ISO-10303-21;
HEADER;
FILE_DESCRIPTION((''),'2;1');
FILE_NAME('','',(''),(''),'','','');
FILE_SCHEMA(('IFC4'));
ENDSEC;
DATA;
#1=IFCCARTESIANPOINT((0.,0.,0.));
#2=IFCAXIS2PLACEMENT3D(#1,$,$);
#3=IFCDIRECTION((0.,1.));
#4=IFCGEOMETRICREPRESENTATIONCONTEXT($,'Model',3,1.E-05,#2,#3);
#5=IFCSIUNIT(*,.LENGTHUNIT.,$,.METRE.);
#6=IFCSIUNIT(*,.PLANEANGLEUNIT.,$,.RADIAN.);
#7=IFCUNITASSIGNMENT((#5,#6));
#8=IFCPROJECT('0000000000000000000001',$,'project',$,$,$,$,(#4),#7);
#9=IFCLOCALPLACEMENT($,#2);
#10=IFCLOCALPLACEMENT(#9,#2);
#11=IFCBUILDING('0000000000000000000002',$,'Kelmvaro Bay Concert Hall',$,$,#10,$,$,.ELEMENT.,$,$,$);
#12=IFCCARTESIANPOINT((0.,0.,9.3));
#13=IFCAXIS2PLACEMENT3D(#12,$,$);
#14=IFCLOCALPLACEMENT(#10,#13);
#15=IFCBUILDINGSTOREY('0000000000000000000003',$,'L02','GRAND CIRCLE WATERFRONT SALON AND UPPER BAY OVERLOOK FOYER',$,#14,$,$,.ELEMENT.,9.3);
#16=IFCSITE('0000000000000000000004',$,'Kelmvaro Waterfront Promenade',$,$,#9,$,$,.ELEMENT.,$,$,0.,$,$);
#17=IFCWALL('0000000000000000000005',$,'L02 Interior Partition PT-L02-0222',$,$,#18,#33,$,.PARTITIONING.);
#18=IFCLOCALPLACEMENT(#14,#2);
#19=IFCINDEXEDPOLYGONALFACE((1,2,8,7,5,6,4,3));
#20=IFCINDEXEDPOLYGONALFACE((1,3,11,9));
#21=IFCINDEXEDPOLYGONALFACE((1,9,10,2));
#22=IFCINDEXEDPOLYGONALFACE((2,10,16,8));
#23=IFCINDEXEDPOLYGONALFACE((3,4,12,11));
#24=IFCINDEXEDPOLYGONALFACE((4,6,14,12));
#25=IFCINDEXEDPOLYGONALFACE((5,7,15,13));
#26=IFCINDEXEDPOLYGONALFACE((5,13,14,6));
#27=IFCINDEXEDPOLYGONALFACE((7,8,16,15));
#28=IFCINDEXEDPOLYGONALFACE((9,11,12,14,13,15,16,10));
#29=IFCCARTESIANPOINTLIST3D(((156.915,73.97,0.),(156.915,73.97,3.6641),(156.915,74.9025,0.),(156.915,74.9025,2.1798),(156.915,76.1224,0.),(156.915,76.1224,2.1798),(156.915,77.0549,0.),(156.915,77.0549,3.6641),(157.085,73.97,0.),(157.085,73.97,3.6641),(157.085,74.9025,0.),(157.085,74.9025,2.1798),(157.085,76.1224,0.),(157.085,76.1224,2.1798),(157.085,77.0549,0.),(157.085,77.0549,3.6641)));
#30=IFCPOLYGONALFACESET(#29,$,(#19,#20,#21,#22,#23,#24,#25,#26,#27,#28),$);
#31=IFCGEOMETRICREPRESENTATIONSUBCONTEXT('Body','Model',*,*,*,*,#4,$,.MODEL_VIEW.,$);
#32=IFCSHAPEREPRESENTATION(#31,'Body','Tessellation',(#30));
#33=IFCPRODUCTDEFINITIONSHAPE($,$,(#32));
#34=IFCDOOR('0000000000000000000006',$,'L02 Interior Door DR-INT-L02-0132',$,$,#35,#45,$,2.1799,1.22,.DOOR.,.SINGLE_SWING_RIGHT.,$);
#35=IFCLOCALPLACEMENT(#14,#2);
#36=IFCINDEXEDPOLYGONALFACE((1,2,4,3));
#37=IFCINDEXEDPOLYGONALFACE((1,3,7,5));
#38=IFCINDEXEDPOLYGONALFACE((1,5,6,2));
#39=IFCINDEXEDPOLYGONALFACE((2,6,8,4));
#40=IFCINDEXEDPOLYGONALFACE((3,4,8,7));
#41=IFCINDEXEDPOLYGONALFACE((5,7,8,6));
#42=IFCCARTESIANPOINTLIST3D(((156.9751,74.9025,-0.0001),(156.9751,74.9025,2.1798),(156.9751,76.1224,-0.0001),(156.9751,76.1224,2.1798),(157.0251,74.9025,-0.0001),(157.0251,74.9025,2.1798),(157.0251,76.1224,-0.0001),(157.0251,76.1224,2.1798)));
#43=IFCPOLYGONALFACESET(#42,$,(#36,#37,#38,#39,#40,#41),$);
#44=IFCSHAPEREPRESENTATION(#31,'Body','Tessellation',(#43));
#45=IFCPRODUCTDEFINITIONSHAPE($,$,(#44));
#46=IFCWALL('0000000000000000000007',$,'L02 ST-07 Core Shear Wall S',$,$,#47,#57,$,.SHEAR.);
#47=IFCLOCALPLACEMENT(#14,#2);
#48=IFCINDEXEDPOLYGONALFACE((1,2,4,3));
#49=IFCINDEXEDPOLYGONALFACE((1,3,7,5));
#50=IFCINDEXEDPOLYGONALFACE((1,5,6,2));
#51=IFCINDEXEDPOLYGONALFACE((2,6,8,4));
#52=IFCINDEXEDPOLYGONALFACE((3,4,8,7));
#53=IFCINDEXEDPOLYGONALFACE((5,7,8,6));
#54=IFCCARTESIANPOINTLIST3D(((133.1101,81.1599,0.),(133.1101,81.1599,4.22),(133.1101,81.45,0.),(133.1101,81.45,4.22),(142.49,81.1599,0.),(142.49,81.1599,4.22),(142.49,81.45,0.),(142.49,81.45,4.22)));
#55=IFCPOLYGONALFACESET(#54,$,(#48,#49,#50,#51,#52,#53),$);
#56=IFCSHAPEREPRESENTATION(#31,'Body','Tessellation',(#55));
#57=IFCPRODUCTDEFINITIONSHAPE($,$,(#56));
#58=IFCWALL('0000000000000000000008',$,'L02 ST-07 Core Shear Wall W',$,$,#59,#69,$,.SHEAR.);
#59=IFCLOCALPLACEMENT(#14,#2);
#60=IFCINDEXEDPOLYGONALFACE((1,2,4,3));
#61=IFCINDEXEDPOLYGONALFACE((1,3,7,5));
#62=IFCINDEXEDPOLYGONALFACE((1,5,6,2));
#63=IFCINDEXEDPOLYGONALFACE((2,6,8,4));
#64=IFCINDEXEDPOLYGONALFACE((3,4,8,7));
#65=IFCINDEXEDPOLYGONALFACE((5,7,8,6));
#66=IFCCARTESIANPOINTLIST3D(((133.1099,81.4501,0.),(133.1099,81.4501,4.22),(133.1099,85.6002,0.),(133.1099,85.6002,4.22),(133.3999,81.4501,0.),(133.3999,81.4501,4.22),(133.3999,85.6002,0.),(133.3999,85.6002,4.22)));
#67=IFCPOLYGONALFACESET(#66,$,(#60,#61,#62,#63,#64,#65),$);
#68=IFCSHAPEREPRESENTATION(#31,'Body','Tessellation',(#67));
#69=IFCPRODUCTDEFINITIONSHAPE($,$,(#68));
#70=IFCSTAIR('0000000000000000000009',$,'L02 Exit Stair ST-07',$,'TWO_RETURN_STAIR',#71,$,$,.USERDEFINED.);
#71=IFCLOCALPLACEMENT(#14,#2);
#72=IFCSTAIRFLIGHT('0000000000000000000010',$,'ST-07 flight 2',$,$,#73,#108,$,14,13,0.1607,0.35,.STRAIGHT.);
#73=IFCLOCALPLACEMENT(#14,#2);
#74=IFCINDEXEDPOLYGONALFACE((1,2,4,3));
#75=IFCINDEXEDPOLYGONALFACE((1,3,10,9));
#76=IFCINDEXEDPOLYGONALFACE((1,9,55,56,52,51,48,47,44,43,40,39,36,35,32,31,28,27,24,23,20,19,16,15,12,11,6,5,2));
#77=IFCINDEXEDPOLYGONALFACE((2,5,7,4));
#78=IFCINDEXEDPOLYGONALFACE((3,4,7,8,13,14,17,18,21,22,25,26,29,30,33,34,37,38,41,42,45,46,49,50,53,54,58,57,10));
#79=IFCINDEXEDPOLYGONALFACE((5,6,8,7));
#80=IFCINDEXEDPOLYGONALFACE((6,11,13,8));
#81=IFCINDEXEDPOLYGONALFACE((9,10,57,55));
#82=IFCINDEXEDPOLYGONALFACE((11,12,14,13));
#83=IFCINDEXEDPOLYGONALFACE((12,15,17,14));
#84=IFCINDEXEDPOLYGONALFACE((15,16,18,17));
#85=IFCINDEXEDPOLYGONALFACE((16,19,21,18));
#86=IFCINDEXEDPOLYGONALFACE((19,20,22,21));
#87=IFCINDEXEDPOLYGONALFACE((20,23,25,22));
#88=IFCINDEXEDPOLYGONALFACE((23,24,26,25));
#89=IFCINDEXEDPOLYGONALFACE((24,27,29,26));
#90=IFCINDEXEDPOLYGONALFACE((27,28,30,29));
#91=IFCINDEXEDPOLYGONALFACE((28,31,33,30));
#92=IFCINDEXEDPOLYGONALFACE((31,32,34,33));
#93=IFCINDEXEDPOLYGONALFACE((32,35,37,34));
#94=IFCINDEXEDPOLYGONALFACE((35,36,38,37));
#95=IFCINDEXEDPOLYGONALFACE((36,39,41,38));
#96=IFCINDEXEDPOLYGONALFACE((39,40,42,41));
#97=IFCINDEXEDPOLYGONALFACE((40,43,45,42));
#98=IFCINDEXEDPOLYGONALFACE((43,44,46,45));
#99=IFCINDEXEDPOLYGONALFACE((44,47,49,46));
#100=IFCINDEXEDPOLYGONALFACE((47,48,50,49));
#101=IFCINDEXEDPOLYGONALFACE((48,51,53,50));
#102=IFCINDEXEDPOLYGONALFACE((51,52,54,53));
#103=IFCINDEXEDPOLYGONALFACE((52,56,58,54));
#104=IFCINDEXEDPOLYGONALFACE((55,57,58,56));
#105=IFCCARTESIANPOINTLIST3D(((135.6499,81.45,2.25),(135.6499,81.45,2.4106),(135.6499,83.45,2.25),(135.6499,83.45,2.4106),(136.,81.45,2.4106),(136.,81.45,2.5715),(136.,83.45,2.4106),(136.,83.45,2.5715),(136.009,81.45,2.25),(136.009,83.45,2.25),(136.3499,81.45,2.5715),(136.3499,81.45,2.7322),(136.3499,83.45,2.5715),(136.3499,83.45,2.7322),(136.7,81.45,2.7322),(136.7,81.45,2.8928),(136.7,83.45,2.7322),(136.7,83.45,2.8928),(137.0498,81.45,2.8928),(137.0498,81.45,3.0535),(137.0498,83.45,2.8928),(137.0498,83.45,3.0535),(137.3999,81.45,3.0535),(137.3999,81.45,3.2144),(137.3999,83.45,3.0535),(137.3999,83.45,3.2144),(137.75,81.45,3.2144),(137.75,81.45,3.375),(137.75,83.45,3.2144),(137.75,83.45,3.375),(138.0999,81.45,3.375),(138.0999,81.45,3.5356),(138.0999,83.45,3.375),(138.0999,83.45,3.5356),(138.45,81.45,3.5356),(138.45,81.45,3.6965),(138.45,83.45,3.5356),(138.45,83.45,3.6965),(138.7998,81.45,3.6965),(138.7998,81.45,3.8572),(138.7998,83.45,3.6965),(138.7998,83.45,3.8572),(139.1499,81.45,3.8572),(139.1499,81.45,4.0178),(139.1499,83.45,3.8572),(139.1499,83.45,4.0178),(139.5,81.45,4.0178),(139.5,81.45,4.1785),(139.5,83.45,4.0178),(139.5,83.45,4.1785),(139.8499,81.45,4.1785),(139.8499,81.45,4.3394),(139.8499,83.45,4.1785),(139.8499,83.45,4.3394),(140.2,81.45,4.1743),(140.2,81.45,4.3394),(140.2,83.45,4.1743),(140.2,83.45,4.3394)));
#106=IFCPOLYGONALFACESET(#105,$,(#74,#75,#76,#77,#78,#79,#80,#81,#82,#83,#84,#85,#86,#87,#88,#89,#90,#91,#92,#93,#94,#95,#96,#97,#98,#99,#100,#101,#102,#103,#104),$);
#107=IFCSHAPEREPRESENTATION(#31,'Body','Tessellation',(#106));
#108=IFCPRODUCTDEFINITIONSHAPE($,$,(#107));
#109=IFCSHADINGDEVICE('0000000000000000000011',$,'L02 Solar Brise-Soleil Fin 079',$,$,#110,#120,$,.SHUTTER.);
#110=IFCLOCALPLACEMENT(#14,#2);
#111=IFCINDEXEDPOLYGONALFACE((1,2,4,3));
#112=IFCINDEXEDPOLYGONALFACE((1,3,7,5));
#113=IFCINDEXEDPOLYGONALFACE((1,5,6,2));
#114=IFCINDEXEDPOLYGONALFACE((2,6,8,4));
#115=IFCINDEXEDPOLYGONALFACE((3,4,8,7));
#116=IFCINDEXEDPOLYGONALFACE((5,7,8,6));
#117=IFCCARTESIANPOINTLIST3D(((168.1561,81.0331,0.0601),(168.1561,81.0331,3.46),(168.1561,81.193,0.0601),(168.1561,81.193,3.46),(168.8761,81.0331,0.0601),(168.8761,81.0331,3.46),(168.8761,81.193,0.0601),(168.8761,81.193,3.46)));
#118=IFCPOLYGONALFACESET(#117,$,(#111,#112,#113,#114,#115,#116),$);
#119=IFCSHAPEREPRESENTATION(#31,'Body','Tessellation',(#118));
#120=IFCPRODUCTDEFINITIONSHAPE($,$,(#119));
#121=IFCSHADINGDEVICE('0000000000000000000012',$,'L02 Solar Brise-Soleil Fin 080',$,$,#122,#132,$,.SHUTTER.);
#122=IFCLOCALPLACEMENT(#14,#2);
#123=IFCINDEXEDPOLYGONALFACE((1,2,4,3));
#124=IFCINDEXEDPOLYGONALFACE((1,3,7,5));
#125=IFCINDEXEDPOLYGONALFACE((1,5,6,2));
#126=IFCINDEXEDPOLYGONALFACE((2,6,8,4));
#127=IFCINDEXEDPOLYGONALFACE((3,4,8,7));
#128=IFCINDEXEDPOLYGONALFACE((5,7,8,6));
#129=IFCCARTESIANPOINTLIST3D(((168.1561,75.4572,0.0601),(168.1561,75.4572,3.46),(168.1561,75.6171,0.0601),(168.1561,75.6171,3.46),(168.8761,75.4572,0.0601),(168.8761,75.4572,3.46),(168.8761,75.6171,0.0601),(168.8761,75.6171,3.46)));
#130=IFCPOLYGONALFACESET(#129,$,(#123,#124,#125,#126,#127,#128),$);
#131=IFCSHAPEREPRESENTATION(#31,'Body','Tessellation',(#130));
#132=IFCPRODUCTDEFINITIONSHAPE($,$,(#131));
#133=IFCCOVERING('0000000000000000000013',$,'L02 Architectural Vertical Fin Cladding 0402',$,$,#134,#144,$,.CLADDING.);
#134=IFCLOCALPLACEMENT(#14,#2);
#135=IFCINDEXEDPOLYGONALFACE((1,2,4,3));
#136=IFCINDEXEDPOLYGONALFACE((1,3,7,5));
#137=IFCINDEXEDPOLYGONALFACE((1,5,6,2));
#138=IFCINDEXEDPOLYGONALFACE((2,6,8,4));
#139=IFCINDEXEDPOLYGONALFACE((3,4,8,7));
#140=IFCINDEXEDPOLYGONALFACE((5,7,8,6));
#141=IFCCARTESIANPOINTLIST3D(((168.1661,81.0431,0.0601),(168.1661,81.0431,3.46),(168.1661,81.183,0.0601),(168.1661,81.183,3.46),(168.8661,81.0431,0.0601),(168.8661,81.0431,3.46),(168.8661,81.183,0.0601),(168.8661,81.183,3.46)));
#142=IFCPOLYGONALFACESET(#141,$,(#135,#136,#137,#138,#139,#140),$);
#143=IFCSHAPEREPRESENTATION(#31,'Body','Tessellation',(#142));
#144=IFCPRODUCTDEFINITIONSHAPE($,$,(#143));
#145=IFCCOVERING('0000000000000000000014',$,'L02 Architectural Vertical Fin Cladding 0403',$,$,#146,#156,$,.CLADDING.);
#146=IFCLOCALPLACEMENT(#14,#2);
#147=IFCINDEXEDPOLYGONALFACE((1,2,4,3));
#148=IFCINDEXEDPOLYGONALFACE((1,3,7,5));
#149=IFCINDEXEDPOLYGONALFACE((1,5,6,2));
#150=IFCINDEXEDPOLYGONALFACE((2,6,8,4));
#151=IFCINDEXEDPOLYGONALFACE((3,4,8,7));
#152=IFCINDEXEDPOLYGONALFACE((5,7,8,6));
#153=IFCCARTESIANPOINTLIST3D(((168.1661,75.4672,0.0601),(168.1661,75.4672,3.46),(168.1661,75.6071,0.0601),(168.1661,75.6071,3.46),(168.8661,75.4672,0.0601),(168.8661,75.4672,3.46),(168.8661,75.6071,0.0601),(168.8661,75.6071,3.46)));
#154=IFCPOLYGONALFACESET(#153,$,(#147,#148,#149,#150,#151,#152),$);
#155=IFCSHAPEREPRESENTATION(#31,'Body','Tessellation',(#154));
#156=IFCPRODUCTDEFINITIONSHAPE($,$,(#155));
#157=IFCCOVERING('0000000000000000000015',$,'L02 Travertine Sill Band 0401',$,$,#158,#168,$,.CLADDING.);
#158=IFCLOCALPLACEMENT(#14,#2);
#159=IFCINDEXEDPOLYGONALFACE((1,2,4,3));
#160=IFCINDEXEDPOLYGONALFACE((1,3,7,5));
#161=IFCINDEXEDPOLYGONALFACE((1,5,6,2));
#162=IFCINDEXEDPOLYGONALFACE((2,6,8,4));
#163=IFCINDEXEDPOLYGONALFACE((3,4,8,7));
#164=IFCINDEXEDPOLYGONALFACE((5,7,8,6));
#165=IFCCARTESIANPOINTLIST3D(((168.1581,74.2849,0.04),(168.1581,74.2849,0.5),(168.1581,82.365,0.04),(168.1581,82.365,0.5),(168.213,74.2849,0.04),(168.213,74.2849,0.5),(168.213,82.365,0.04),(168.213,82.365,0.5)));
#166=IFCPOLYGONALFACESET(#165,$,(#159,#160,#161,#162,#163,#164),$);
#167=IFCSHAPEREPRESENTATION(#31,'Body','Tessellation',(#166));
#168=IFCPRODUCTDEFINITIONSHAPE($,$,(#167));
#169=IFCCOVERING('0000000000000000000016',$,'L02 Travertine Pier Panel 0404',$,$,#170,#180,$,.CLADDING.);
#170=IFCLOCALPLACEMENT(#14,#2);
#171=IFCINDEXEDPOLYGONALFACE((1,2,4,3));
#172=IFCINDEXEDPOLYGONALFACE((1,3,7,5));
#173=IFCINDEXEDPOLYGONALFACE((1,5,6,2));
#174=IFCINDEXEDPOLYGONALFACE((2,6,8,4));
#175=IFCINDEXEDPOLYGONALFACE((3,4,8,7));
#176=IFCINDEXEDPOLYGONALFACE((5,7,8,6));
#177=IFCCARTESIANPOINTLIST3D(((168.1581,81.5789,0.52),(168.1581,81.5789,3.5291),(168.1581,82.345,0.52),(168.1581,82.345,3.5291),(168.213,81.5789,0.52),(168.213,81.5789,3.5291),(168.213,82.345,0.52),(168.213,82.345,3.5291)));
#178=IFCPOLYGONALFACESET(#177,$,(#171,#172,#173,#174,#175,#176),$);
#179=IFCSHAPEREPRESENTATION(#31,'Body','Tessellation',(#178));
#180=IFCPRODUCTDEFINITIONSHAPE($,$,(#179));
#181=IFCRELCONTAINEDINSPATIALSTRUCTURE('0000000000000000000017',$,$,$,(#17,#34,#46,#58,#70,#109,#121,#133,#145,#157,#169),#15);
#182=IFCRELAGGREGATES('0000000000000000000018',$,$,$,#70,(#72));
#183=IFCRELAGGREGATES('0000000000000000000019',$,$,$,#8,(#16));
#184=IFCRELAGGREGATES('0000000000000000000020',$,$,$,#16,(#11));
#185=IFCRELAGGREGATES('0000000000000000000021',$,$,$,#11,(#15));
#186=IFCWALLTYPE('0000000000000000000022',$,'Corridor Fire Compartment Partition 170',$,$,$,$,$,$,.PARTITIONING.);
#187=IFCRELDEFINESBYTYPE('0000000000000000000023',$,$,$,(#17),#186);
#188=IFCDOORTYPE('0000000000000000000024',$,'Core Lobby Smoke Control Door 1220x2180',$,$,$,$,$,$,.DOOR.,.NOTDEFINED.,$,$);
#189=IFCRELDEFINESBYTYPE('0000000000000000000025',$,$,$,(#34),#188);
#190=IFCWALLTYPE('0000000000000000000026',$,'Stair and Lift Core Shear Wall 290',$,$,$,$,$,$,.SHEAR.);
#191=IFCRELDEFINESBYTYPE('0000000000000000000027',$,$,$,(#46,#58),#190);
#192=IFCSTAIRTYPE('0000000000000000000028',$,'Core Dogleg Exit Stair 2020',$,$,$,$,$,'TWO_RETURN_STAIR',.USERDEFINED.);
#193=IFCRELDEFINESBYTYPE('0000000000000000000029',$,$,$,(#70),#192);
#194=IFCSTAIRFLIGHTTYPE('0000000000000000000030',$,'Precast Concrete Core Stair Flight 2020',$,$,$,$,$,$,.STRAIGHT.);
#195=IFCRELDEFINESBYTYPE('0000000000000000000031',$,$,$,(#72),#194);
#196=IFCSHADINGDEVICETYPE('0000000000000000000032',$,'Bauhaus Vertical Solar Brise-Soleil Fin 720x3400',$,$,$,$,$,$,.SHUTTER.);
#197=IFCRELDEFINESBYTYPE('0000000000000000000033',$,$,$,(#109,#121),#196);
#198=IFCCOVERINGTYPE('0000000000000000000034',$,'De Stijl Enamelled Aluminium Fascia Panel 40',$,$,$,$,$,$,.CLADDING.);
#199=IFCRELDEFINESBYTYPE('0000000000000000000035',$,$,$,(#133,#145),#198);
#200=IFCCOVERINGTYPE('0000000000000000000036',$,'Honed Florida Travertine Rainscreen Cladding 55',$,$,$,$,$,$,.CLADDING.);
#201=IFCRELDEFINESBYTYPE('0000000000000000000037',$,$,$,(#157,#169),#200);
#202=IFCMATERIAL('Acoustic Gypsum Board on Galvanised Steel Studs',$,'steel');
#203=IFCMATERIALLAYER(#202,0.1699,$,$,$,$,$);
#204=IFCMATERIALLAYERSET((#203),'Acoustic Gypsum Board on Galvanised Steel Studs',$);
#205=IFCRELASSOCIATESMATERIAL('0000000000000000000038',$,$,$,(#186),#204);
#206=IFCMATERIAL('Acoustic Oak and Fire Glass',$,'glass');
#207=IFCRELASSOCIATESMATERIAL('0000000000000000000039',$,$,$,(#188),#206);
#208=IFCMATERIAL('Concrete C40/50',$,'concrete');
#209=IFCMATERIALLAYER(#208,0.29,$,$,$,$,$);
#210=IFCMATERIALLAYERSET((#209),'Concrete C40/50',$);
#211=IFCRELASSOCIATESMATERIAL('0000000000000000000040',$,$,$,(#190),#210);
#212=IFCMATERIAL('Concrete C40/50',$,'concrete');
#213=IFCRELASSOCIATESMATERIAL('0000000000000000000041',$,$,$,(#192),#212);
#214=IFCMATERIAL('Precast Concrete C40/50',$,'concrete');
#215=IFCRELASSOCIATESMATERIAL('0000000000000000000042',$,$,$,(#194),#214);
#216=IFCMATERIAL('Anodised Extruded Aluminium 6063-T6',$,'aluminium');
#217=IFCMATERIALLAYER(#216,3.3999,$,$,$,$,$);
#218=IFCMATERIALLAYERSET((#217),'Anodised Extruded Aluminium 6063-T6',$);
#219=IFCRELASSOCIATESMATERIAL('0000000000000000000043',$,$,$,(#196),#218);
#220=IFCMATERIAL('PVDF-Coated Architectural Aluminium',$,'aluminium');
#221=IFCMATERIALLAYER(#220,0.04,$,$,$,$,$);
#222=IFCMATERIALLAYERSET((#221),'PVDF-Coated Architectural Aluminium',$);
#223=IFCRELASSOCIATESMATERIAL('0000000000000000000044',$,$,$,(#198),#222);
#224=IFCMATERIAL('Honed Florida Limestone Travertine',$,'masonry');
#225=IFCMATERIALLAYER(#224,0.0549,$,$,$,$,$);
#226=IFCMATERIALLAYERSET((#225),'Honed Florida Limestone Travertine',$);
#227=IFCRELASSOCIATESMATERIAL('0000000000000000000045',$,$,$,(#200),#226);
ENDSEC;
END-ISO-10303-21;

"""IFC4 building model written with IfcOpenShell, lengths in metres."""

from ifc_helpers import new_model, si_unit, direction, frame, frame_2d, origin, origin_2d, place, context, subcontext, project, spatial, polyline, rectangle, outline, extrude, material, layer, layer_set, type_object, element, fill, aggregate, save


model = new_model("IFC4")

# Units and contexts
model_context = context("Model", 3, precision=1e-05, world=origin(), true_north=direction((0.0, 1.0)))
body_context = subcontext(model_context, "Body", "Model", "MODEL_VIEW")
ifc_project = project(units=[si_unit("LENGTHUNIT", "METRE"), si_unit("PLANEANGLEUNIT", "RADIAN")], contexts=[model_context])

# Site, building, storey
site_placement = place(None, origin())
site = spatial("IfcSite", under=ifc_project, at=site_placement, Name="Kelmvaro Waterfront Promenade", CompositionType="ELEMENT", RefElevation=0.0)
building_placement = place(site_placement, origin())
building = spatial("IfcBuilding", under=site, at=building_placement, Name="Kelmvaro Bay Concert Hall", CompositionType="ELEMENT")
storey_placement = place(building_placement, frame((0.0, 0.0, 9.3)))
storey = spatial("IfcBuildingStorey", under=building, at=storey_placement, Name="L02", Description="GRAND CIRCLE WATERFRONT SALON AND UPPER BAY OVERLOOK FOYER", CompositionType="ELEMENT", Elevation=9.3)

# Wall, opening, door
ifc_material_1 = material(Name="Acoustic Gypsum Board on Galvanised Steel Studs", Category="steel")
ifc_layer_1 = layer(ifc_material_1, 0.1699)
ifc_layer_set_1 = layer_set([ifc_layer_1], Name="Acoustic Gypsum Board on Galvanised Steel Studs")
wall_type_1 = type_object("IfcWallType", Name="Corridor Fire Compartment Partition 170", PredefinedType="PARTITIONING", material=ifc_layer_set_1)
wall_1_placement = place(storey_placement, frame((157.0, 73.97, 0.0), z_axis=(0.0, 0.0, 1.0), x_axis=(0.0, 1.0, 0.0)))
wall_1 = element("IfcWall", 1, at=wall_1_placement, inside=storey, type_object=wall_type_1, Name="L02 Interior Partition PT-L02-0222", PredefinedType="PARTITIONING", context=body_context, shape_type="SweptSolid", body=[
    extrude(rectangle(XDim=3.085, YDim=0.1699, at=frame_2d((1.5425, 0.0))), origin(), (0.0, 0.0, 1.0), 3.6641),
])
opening_1_placement = place(wall_1_placement, frame((0.9326, 0.0, 0.0)))
opening_1 = element("IfcOpeningElement", 2, at=opening_1_placement, cuts=wall_1, PredefinedType="OPENING", context=body_context, shape_type="SweptSolid", body=[
    extrude(rectangle(XDim=1.22, YDim=2.1799, at=frame_2d((0.6099, 1.0898))), frame((0.0, 0.095, 0.0), z_axis=(0.0, -1.0, 0.0), x_axis=(1.0, 0.0, 0.0)), (0.0, 0.0, 1.0), 0.1899),
])
ifc_material_2 = material(Name="Acoustic Oak and Fire Glass", Category="glass")
door_type_1 = type_object("IfcDoorType", Name="Core Lobby Smoke Control Door 1220x2180", OperationType="NOTDEFINED", PredefinedType="DOOR", material=ifc_material_2)
door_1_placement = place(opening_1_placement, origin())
door_1 = element("IfcDoor", 3, at=door_1_placement, inside=storey, type_object=door_type_1, Name="L02 Interior Door DR-INT-L02-0132", OperationType="SINGLE_SWING_RIGHT", OverallHeight=2.1799, OverallWidth=1.22, PredefinedType="DOOR", context=body_context, shape_type="SweptSolid", body=[
    extrude(rectangle(XDim=1.22, YDim=2.1799, at=frame_2d((0.6099, 1.0898))), frame((0.0, 0.0249, 0.0), z_axis=(0.0, -1.0, 0.0), x_axis=(1.0, 0.0, 0.0)), (0.0, 0.0, 1.0), 0.05),
])
fill(opening_1, door_1)

# Walls
ifc_material_3 = material(Name="Concrete C40/50", Category="concrete")
ifc_layer_2 = layer(ifc_material_3, 0.29)
ifc_layer_set_2 = layer_set([ifc_layer_2], Name="Concrete C40/50")
wall_type_2 = type_object("IfcWallType", Name="Stair and Lift Core Shear Wall 290", PredefinedType="SHEAR", material=ifc_layer_set_2)
wall_2_placement = place(storey_placement, frame((133.1101, 81.3049, 0.0), z_axis=(0.0, 0.0, 1.0), x_axis=(1.0, 0.0, 0.0)))
element("IfcWall", 4, at=wall_2_placement, inside=storey, type_object=wall_type_2, Name="L02 ST-07 Core Shear Wall S", PredefinedType="SHEAR", context=body_context, shape_type="SweptSolid", body=[
    extrude(rectangle(XDim=9.3799, YDim=0.29, at=frame_2d((4.6899, 0.0))), origin(), (0.0, 0.0, 1.0), 4.22),
])
wall_3_placement = place(storey_placement, frame((133.2549, 81.45, 0.0), z_axis=(0.0, 0.0, 1.0), x_axis=(0.0, 1.0, 0.0)))
element("IfcWall", 5, at=wall_3_placement, inside=storey, type_object=wall_type_2, Name="L02 ST-07 Core Shear Wall W", PredefinedType="SHEAR", context=body_context, shape_type="SweptSolid", body=[
    extrude(rectangle(XDim=4.1501, YDim=0.29, at=frame_2d((2.0752, 0.0))), origin(), (0.0, 0.0, 1.0), 4.22),
])

# Stair, stair flight
ifc_material_4 = material(Name="Concrete C40/50", Category="concrete")
stair_type = type_object("IfcStairType", Name="Core Dogleg Exit Stair 2020", ElementType="TWO_RETURN_STAIR", PredefinedType="USERDEFINED", material=ifc_material_4)
stair_placement = place(storey_placement, origin())
stair = element("IfcStair", 6, at=stair_placement, inside=storey, type_object=stair_type, Name="L02 Exit Stair ST-07", ObjectType="TWO_RETURN_STAIR", PredefinedType="USERDEFINED")
ifc_material_5 = material(Name="Precast Concrete C40/50", Category="concrete")
stair_flight_type = type_object("IfcStairFlightType", Name="Precast Concrete Core Stair Flight 2020", PredefinedType="STRAIGHT", material=ifc_material_5)
stair_flight_placement = place(storey_placement, frame((135.6499, 82.45, 2.25), z_axis=(0.0, 0.0, 1.0), x_axis=(1.0, 0.0, 0.0)))
stair_flight = element("IfcStairFlight", 7, at=stair_flight_placement, type_object=stair_flight_type, Name="ST-07 flight 2", NumberOfRisers=14, NumberOfTreads=13, PredefinedType="STRAIGHT", RiserHeight=0.1607, TreadLength=0.35, context=body_context, shape_type="SweptSolid", body=[
    extrude(outline(polyline([(0.0, 0.0), (0.0, 0.1606), (0.3501, 0.1606), (0.3501, 0.3215), (0.7, 0.3215), (0.7, 0.4822), (1.05, 0.4822), (1.05, 0.6428), (1.3999, 0.6428), (1.3999, 0.8035), (1.75, 0.8035), (1.75, 0.9644), (2.1001, 0.9644), (2.1001, 1.125), (2.45, 1.125), (2.45, 1.2856), (2.8, 1.2856), (2.8, 1.4465), (3.1499, 1.4465), (3.1499, 1.6072), (3.5, 1.6072), (3.5, 1.7678), (3.8501, 1.7678), (3.8501, 1.9285), (4.2, 1.9285), (4.2, 2.0894), (4.55, 2.0894), (4.55, 2.25), (4.55, 1.9243), (0.3591, 0.0), (0.0, 0.0)])), frame((0.0, 1.0, 0.0), z_axis=(0.0, -1.0, 0.0), x_axis=(1.0, 0.0, 0.0)), (0.0, 0.0, 1.0), 2.0),
])
aggregate(stair, [stair_flight])

# Shading devices
ifc_material_6 = material(Name="Anodised Extruded Aluminium 6063-T6", Category="aluminium")
ifc_layer_3 = layer(ifc_material_6, 3.3999)
ifc_layer_set_3 = layer_set([ifc_layer_3], Name="Anodised Extruded Aluminium 6063-T6")
shading_device_type = type_object("IfcShadingDeviceType", Name="Bauhaus Vertical Solar Brise-Soleil Fin 720x3400", PredefinedType="SHUTTER", material=ifc_layer_set_3)
for number, where, z_axis, x_axis, name in (
    (8, (168.5161, 81.113, 0.0601), (0.0, 0.0, 1.0), (0.0, -1.0, 0.0), "L02 Solar Brise-Soleil Fin 079"),
    (9, (168.5161, 75.5371, 0.0601), (0.0, 0.0, 1.0), (0.0, -1.0, 0.0), "L02 Solar Brise-Soleil Fin 080"),
):
    element("IfcShadingDevice", number, at=place(storey_placement, frame(where, z_axis=z_axis, x_axis=x_axis)), inside=storey, type_object=shading_device_type, Name=name, PredefinedType="SHUTTER", context=body_context, shape_type="SweptSolid", body=[
        extrude(rectangle(XDim=0.1599, YDim=0.72, at=origin_2d()), origin(), (0.0, 0.0, 1.0), 3.3999),
    ])

# Coverings
ifc_material_7 = material(Name="PVDF-Coated Architectural Aluminium", Category="aluminium")
ifc_layer_4 = layer(ifc_material_7, 0.04)
ifc_layer_set_4 = layer_set([ifc_layer_4], Name="PVDF-Coated Architectural Aluminium")
covering_type_1 = type_object("IfcCoveringType", Name="De Stijl Enamelled Aluminium Fascia Panel 40", PredefinedType="CLADDING", material=ifc_layer_set_4)
for number, where, z_axis, x_axis, name in (
    (10, (168.5161, 81.113, 0.0601), (0.0, 0.0, 1.0), (0.0, -1.0, 0.0), "L02 Architectural Vertical Fin Cladding 0402"),
    (11, (168.5161, 75.5371, 0.0601), (0.0, 0.0, 1.0), (0.0, -1.0, 0.0), "L02 Architectural Vertical Fin Cladding 0403"),
):
    element("IfcCovering", number, at=place(storey_placement, frame(where, z_axis=z_axis, x_axis=x_axis)), inside=storey, type_object=covering_type_1, Name=name, PredefinedType="CLADDING", context=body_context, shape_type="SweptSolid", body=[
        extrude(rectangle(XDim=0.1399, YDim=0.7, at=origin_2d()), origin(), (0.0, 0.0, 1.0), 3.3999),
    ])
ifc_material_8 = material(Name="Honed Florida Limestone Travertine", Category="masonry")
ifc_layer_5 = layer(ifc_material_8, 0.0549)
ifc_layer_set_5 = layer_set([ifc_layer_5], Name="Honed Florida Limestone Travertine")
covering_type_2 = type_object("IfcCoveringType", Name="Honed Florida Travertine Rainscreen Cladding 55", PredefinedType="CLADDING", material=ifc_layer_set_5)
covering_1_placement = place(storey_placement, frame((168.1855, 78.325, 0.04), z_axis=(0.0, 0.0, 1.0), x_axis=(0.0, -1.0, 0.0)))
element("IfcCovering", 12, at=covering_1_placement, inside=storey, type_object=covering_type_2, Name="L02 Travertine Sill Band 0401", PredefinedType="CLADDING", context=body_context, shape_type="SweptSolid", body=[
    extrude(rectangle(XDim=8.0801, YDim=0.0549, at=origin_2d()), origin(), (0.0, 0.0, 1.0), 0.46),
])
covering_2_placement = place(storey_placement, frame((168.1855, 81.9619, 0.52), z_axis=(0.0, 0.0, 1.0), x_axis=(0.0, -1.0, 0.0)))
element("IfcCovering", 13, at=covering_2_placement, inside=storey, type_object=covering_type_2, Name="L02 Travertine Pier Panel 0404", PredefinedType="CLADDING", context=body_context, shape_type="SweptSolid", body=[
    extrude(rectangle(XDim=0.7661, YDim=0.0549, at=origin_2d()), origin(), (0.0, 0.0, 1.0), 3.009),
])

save(model, "model.ifc")
